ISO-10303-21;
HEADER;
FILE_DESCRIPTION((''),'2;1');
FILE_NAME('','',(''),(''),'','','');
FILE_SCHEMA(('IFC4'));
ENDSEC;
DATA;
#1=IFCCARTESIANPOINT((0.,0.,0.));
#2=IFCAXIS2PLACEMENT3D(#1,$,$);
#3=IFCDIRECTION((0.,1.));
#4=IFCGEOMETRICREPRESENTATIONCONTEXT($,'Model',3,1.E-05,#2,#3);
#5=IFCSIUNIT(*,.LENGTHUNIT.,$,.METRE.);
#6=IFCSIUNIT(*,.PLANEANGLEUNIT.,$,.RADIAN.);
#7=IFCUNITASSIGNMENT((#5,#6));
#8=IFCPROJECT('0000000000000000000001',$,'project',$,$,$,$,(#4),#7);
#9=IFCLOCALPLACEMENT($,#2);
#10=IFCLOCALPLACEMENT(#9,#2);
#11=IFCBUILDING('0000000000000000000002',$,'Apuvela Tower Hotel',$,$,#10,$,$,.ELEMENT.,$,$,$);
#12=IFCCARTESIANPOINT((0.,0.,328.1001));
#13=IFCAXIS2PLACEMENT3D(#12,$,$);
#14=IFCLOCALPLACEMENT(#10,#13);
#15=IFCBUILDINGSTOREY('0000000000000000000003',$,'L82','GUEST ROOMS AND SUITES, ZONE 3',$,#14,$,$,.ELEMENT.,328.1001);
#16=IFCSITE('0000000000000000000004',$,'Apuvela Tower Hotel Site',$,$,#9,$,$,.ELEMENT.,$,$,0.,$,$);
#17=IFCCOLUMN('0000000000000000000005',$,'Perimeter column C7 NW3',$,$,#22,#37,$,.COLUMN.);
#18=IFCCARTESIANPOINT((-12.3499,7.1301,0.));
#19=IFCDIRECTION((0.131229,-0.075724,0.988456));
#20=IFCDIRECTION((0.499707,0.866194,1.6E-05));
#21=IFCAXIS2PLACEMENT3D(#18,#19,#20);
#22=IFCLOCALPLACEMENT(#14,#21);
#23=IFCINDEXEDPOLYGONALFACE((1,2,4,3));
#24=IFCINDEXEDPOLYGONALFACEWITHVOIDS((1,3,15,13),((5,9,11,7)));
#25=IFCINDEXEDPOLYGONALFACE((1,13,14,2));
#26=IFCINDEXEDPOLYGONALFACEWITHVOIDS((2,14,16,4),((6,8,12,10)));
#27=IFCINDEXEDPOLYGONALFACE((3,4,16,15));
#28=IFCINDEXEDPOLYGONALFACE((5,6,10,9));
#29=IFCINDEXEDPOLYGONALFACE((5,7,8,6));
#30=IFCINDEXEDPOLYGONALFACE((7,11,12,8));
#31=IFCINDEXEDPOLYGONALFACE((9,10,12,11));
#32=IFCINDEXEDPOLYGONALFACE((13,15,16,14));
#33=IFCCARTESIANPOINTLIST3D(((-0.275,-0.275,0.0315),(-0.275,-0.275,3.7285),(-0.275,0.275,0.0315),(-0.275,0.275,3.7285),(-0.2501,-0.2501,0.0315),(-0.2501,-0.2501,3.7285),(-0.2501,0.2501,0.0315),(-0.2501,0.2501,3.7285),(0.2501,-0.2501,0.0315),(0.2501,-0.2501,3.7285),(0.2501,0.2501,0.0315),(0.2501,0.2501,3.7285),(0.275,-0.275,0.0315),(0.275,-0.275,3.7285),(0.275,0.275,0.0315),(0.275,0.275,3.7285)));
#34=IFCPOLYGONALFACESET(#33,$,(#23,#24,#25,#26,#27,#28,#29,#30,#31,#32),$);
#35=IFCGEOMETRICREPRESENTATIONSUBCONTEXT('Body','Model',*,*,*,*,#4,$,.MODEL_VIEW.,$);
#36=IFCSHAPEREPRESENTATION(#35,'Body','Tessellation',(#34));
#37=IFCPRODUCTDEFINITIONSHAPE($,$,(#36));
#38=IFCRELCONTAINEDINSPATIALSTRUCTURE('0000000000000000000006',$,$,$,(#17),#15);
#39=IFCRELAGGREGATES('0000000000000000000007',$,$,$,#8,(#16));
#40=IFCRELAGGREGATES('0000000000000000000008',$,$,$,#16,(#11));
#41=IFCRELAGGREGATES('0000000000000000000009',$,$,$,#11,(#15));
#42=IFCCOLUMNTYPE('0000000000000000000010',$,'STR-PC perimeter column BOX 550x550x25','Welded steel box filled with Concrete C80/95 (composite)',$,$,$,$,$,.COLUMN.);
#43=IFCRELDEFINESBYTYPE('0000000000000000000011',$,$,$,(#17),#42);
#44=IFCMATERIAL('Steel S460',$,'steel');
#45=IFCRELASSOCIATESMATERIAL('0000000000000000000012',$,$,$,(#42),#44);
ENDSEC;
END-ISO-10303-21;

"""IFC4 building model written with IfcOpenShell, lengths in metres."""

from ifc_helpers import new_model, si_unit, direction, frame, origin, origin_2d, place, context, subcontext, project, spatial, rectangle, hollow_rectangle, extrude, boolean, halfspace, material, material_profile, profile_set, type_object, element, save


model = new_model("IFC4")

# Units and contexts
model_context = context("Model", 3, precision=1e-05, world=origin(), true_north=direction((0.0, 1.0)))
body_context = subcontext(model_context, "Body", "Model", "MODEL_VIEW")
ifc_project = project(units=[si_unit("LENGTHUNIT", "METRE"), si_unit("PLANEANGLEUNIT", "RADIAN")], contexts=[model_context])

# Site, building, storey
site_placement = place(None, origin())
site = spatial("IfcSite", under=ifc_project, at=site_placement, Name="Apuvela Tower Hotel Site", CompositionType="ELEMENT", RefElevation=0.0)
building_placement = place(site_placement, origin())
building = spatial("IfcBuilding", under=site, at=building_placement, Name="Apuvela Tower Hotel", CompositionType="ELEMENT")
storey_placement = place(building_placement, frame((0.0, 0.0, 328.1001)))
storey = spatial("IfcBuildingStorey", under=building, at=storey_placement, Name="L82", Description="GUEST ROOMS AND SUITES, ZONE 3", CompositionType="ELEMENT", Elevation=328.1001)

# Column
ifc_material_1 = material(Name="Steel S460", Category="steel")
ifc_material_profile_1 = material_profile(ifc_material_1, hollow_rectangle(XDim=0.55, YDim=0.55, WallThickness=0.0249, at=origin_2d()), Name="BOX 550x550x25")
ifc_material_2 = material(Name="Concrete C80/95", Category="concrete")
ifc_material_profile_2 = material_profile(ifc_material_2, rectangle(XDim=0.5, YDim=0.5, at=origin_2d()), Name="Concrete C80/95 infill")
ifc_profile_set_1 = profile_set([ifc_material_profile_1, ifc_material_profile_2], Name="Steel S460")
column_type = type_object("IfcColumnType", Name="STR-PC perimeter column BOX 550x550x25", Description="Welded steel box filled with Concrete C80/95 (composite)", PredefinedType="COLUMN", material=ifc_profile_set_1)
column_1_placement = place(storey_placement, frame((-12.3499, 7.1301, 0.0), z_axis=(0.131229, -0.075724, 0.988456), x_axis=(0.499707, 0.866194, 0.000016)))
element("IfcColumn", 1, at=column_1_placement, inside=storey, type_object=column_type, Name="Perimeter column C7 NW3", PredefinedType="COLUMN", context=body_context, shape_type="SweptSolid", body=[
    boolean("DIFFERENCE", boolean("DIFFERENCE", extrude(hollow_rectangle(XDim=0.55, YDim=0.55, WallThickness=0.0249, at=origin_2d()), origin(), (0.0, 0.0, 1.0), 3.7432), halfspace(frame((0.0, 0.0, 0.0315), z_axis=(0.0, 0.0, 1.0), x_axis=(1.0, 0.0, 0.0)), True)), halfspace(frame((0.0, 0.0, 3.7285), z_axis=(0.0, 0.0, 1.0), x_axis=(1.0, 0.0, 0.0)), False)),
])

save(model, "model.ifc")
